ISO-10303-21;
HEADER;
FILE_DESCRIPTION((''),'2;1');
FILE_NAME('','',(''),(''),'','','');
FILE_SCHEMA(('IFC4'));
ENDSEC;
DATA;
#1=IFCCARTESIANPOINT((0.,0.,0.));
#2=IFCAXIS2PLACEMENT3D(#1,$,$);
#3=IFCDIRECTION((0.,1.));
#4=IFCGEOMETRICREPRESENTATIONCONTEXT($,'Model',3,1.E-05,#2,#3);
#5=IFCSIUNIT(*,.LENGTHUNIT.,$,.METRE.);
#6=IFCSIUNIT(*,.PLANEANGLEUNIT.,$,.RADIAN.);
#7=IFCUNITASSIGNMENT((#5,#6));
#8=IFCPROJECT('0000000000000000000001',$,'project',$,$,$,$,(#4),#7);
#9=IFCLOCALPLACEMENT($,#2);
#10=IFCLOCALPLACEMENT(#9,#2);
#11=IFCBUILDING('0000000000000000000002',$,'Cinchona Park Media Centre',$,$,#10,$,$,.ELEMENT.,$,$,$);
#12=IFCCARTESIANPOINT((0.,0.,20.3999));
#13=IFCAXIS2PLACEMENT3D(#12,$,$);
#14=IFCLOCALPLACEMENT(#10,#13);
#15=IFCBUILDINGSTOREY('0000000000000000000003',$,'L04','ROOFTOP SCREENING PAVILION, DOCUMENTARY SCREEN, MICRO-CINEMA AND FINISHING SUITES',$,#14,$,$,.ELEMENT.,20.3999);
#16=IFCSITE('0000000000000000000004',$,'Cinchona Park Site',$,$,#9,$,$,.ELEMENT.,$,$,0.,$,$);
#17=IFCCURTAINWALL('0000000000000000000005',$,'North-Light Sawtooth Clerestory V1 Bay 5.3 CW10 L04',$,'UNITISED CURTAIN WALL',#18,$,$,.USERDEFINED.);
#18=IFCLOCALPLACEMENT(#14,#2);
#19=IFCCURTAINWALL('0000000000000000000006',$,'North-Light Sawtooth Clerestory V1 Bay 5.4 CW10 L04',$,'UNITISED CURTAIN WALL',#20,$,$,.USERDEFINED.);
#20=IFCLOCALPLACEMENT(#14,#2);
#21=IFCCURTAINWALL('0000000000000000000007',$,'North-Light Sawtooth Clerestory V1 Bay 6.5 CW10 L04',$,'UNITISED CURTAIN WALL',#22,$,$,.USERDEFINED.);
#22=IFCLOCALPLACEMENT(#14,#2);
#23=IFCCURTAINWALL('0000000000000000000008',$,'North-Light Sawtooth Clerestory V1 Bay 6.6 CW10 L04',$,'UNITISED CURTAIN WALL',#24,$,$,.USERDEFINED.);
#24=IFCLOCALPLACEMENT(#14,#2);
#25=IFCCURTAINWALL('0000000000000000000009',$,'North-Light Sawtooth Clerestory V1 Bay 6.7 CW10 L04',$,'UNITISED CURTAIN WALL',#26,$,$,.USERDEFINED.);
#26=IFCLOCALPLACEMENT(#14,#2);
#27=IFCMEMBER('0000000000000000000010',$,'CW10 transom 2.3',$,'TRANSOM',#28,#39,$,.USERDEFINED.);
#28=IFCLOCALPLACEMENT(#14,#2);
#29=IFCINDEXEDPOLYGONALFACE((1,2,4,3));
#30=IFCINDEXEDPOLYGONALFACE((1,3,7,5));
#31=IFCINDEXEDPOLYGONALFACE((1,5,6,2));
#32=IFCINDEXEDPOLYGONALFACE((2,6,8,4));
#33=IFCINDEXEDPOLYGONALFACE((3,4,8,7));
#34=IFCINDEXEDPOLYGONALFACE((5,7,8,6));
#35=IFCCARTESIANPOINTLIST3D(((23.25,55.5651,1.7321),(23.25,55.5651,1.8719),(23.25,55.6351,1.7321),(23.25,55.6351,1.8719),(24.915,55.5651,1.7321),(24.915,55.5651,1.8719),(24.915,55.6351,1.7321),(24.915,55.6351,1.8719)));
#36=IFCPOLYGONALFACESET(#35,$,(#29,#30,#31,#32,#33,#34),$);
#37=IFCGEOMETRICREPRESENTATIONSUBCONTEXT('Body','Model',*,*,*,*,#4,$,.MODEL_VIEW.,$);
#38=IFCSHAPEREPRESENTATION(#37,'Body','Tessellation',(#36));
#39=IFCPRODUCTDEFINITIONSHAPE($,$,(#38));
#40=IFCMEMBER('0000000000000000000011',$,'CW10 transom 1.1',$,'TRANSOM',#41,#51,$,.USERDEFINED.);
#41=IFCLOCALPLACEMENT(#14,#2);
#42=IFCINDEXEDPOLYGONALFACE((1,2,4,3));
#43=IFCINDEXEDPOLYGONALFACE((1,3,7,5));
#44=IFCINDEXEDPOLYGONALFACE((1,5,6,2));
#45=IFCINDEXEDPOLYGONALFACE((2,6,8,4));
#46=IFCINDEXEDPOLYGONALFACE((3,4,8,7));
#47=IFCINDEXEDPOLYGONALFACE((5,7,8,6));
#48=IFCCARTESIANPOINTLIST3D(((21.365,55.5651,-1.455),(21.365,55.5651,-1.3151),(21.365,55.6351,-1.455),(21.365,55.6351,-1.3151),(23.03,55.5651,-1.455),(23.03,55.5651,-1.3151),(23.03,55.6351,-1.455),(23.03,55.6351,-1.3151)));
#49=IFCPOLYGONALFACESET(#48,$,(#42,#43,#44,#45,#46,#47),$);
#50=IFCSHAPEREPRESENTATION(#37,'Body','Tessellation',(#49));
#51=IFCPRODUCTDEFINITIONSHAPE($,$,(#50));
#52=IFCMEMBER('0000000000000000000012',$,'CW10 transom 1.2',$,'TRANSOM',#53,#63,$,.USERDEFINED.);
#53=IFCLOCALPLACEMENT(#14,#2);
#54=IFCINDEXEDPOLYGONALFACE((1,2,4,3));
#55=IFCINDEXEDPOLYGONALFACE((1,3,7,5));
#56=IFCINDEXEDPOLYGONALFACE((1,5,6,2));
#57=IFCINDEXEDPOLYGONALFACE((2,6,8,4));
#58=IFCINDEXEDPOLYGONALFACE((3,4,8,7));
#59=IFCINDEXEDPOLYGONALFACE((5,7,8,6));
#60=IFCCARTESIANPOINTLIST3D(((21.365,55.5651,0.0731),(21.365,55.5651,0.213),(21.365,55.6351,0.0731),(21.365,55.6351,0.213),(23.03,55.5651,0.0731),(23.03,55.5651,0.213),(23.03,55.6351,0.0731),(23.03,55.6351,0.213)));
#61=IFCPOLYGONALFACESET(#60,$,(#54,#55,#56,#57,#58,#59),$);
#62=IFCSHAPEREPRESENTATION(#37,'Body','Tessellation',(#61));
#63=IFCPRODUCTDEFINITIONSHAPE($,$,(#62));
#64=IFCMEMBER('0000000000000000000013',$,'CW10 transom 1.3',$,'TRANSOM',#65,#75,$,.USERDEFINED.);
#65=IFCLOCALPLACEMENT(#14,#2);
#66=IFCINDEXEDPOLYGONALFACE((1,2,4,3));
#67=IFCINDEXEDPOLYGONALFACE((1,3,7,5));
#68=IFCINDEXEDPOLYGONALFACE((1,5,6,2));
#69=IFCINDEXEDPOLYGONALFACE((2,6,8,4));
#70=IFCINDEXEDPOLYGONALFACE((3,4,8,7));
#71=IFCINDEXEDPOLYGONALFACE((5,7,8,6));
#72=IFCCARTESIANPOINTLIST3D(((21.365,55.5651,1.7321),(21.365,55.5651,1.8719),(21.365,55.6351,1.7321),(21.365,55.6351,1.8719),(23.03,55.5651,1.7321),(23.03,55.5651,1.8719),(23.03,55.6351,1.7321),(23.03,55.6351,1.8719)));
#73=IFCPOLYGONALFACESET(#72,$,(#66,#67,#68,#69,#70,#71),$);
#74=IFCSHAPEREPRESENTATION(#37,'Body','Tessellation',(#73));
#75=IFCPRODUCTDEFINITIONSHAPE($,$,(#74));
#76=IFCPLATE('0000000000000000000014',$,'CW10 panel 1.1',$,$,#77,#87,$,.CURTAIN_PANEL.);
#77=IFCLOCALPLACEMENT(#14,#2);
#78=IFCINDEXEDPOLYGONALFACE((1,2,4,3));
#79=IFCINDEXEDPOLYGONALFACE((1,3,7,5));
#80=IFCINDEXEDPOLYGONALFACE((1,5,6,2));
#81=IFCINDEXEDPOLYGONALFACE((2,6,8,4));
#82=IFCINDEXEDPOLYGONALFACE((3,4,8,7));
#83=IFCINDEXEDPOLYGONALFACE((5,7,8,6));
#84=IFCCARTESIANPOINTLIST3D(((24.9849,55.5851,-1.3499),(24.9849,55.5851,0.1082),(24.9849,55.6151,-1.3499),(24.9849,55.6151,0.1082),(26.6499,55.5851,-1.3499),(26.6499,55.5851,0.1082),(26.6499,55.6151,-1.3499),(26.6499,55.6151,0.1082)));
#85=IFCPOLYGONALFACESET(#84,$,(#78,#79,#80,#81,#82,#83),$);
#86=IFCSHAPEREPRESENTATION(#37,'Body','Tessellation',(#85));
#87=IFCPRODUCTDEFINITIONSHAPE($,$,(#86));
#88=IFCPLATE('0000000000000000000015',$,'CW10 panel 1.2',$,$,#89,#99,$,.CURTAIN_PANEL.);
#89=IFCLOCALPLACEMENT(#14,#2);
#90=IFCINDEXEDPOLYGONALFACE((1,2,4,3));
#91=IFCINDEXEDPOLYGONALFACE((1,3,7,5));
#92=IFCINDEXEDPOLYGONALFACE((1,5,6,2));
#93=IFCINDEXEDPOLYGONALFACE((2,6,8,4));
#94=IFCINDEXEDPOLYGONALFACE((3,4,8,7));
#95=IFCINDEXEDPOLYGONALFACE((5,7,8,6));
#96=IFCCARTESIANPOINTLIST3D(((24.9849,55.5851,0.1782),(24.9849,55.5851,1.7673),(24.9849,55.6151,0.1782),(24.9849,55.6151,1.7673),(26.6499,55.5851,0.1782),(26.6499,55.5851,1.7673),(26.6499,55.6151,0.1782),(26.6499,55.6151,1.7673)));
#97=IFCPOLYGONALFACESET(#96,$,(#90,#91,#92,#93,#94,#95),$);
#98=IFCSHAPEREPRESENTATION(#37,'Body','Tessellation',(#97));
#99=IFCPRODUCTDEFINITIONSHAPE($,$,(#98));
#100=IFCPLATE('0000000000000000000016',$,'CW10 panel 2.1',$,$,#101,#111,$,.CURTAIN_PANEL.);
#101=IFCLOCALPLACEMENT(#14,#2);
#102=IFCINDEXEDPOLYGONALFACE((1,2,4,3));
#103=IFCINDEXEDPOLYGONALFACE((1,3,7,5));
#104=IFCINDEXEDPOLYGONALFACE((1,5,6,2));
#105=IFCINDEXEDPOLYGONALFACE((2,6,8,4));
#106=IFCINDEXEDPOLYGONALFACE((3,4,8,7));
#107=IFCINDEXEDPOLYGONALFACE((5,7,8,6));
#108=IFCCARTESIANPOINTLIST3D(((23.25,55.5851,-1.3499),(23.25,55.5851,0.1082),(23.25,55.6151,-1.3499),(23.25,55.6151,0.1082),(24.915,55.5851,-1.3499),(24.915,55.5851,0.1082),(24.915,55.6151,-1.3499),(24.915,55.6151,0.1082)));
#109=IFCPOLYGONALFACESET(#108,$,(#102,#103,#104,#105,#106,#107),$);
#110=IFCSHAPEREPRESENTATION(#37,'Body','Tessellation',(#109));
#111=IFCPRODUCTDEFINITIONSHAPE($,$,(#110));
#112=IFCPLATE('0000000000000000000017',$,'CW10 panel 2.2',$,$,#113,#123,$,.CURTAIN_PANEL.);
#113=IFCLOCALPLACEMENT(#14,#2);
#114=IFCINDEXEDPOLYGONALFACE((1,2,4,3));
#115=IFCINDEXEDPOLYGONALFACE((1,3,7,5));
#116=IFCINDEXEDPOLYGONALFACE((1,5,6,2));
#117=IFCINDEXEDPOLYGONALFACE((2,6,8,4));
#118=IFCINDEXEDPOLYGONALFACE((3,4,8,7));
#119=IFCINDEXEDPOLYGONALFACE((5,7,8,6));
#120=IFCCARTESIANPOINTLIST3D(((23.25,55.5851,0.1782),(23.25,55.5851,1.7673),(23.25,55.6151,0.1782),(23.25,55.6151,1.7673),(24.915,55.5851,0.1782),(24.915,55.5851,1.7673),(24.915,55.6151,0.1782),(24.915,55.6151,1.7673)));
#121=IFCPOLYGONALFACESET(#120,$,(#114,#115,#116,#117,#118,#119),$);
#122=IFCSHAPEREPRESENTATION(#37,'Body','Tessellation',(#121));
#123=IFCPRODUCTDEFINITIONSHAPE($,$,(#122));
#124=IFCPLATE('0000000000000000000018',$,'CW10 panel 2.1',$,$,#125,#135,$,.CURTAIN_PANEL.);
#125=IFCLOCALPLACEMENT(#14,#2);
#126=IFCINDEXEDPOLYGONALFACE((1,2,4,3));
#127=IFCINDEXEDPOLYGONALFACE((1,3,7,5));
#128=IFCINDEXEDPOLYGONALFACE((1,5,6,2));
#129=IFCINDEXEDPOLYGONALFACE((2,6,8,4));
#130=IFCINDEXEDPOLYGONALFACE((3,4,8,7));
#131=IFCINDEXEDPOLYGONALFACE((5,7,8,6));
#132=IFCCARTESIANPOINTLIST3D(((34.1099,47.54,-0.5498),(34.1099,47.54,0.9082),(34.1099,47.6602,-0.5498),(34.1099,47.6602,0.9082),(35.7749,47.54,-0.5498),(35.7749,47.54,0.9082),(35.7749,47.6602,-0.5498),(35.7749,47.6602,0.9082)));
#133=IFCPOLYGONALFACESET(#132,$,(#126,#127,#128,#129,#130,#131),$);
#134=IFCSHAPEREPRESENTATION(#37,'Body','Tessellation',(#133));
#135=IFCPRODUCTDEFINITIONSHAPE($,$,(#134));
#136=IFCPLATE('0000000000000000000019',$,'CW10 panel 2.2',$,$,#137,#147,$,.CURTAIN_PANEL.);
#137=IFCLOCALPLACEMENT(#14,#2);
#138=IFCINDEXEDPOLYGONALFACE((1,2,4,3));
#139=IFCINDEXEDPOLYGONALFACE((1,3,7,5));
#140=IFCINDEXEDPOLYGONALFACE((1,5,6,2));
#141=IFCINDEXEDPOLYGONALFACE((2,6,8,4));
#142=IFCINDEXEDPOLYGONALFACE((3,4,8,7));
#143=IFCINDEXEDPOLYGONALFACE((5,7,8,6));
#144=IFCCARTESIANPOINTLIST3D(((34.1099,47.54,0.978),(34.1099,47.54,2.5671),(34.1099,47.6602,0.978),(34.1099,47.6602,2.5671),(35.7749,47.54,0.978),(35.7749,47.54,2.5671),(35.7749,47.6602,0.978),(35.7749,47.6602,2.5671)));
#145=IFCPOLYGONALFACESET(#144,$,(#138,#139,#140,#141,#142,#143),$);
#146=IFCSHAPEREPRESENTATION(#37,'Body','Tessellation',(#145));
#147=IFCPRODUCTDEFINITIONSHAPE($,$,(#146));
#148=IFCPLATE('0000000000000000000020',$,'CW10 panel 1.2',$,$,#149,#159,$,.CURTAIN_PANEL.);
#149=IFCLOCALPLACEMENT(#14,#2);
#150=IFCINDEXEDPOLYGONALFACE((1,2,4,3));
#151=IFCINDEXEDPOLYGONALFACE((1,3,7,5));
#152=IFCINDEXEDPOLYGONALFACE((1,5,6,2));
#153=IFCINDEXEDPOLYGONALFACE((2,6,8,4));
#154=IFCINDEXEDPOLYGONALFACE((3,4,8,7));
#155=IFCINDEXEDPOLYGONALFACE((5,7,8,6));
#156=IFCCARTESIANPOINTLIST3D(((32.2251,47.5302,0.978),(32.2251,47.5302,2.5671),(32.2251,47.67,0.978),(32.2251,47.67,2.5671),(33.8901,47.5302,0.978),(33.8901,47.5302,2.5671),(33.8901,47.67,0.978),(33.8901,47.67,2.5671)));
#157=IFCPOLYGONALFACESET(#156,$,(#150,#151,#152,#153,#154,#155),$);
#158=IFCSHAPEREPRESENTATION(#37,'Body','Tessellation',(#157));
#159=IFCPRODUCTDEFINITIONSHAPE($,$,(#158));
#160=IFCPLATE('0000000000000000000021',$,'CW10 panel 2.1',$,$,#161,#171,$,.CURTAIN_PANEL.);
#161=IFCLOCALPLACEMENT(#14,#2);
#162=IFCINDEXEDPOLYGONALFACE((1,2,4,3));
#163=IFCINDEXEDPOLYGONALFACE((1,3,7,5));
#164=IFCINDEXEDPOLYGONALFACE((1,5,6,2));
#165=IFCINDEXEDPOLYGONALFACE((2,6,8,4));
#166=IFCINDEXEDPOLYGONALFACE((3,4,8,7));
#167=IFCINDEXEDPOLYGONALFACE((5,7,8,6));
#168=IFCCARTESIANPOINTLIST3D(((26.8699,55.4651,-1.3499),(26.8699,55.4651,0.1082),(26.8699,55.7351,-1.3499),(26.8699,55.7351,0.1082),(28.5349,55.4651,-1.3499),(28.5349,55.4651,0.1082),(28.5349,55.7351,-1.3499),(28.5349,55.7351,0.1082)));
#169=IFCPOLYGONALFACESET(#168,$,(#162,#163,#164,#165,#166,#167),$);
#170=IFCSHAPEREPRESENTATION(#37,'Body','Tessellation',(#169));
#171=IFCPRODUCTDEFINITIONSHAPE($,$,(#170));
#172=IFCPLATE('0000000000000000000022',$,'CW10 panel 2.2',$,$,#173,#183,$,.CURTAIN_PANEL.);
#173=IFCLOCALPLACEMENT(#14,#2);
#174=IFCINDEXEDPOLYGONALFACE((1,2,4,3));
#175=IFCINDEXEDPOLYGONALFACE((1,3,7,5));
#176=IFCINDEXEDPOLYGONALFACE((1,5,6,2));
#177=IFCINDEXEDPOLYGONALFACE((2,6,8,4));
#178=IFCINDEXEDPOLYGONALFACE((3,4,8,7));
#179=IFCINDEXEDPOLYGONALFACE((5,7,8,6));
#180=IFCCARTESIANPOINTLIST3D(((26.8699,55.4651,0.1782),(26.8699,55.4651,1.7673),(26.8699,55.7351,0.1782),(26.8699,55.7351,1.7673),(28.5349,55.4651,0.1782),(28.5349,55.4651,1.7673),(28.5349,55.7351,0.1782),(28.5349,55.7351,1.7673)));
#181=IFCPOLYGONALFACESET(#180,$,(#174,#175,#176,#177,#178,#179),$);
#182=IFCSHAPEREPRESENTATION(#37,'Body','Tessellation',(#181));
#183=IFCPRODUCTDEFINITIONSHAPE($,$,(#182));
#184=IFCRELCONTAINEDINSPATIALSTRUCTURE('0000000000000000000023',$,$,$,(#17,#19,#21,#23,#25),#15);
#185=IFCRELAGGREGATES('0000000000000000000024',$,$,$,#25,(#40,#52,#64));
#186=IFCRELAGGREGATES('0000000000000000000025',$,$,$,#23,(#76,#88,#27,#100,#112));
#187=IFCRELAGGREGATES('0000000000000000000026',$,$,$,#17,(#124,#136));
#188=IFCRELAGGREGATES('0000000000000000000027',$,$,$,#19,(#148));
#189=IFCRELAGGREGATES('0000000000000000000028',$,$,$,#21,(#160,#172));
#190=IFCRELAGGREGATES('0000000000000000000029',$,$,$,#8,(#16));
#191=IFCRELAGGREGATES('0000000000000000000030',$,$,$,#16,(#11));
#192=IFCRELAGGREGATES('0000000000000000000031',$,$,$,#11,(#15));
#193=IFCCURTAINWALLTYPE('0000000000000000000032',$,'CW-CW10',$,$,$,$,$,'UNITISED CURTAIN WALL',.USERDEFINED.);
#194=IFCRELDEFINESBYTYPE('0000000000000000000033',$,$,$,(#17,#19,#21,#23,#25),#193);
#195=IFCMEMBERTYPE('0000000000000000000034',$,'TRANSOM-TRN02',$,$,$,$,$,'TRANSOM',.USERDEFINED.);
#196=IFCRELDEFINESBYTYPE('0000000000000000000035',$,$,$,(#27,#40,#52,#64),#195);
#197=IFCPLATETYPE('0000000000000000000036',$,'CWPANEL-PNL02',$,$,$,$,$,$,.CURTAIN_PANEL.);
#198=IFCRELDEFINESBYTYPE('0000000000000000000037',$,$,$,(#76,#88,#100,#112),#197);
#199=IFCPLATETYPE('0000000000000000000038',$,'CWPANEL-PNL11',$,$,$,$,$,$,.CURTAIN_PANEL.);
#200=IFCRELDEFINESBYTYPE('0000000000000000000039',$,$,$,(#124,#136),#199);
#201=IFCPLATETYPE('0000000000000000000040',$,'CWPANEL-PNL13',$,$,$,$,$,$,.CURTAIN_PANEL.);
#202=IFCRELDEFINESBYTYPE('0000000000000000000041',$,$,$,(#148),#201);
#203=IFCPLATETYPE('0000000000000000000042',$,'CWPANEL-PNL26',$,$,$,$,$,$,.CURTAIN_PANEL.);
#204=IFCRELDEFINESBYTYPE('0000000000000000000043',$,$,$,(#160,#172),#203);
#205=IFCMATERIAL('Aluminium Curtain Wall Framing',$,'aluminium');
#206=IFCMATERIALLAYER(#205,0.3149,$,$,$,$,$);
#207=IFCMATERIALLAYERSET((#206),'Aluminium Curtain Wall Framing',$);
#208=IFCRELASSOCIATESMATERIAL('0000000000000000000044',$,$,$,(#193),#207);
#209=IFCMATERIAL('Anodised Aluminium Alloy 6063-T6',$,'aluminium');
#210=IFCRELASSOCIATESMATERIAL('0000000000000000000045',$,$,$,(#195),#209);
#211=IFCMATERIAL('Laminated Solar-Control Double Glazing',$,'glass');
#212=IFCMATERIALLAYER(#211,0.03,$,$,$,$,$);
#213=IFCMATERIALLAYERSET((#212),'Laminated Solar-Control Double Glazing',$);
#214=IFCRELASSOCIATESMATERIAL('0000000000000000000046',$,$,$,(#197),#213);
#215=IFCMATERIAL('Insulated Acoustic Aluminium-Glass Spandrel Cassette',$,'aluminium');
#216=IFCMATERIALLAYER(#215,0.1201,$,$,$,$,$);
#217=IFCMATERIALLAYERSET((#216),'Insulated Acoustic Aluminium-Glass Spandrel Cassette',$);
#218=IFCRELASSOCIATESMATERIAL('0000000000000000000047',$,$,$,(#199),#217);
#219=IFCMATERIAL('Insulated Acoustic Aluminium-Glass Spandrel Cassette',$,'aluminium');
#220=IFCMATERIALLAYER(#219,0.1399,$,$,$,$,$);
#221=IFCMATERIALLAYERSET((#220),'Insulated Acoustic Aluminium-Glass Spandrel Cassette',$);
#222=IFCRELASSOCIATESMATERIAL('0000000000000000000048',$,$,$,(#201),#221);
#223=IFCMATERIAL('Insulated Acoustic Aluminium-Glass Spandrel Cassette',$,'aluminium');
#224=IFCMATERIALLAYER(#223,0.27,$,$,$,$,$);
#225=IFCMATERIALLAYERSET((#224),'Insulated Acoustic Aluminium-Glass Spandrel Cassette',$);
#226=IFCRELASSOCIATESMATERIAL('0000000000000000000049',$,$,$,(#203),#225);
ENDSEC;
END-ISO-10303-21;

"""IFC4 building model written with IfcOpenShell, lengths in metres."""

from ifc_helpers import new_model, si_unit, direction, frame, origin, origin_2d, place, context, subcontext, project, spatial, rectangle, extrude, material, layer, layer_set, material_profile, profile_set, type_object, element, aggregate, save


model = new_model("IFC4")

# Units and contexts
model_context = context("Model", 3, precision=1e-05, world=origin(), true_north=direction((0.0, 1.0)))
body_context = subcontext(model_context, "Body", "Model", "MODEL_VIEW")
ifc_project = project(units=[si_unit("LENGTHUNIT", "METRE"), si_unit("PLANEANGLEUNIT", "RADIAN")], contexts=[model_context])

# Site, building, storey
site_placement = place(None, origin())
site = spatial("IfcSite", under=ifc_project, at=site_placement, Name="Cinchona Park Site", CompositionType="ELEMENT", RefElevation=0.0)
building_placement = place(site_placement, origin())
building = spatial("IfcBuilding", under=site, at=building_placement, Name="Cinchona Park Media Centre", CompositionType="ELEMENT")
storey_placement = place(building_placement, frame((0.0, 0.0, 20.3999)))
storey = spatial("IfcBuildingStorey", under=building, at=storey_placement, Name="L04", Description="ROOFTOP SCREENING PAVILION, DOCUMENTARY SCREEN, MICRO-CINEMA AND FINISHING SUITES", CompositionType="ELEMENT", Elevation=20.3999)

# Curtain walls
ifc_material_1 = material(Name="Aluminium Curtain Wall Framing", Category="aluminium")
ifc_layer_1 = layer(ifc_material_1, 0.3149)
ifc_layer_set_1 = layer_set([ifc_layer_1], Name="Aluminium Curtain Wall Framing")
curtain_wall_type = type_object("IfcCurtainWallType", Name="CW-CW10", ElementType="UNITISED CURTAIN WALL", PredefinedType="USERDEFINED", material=ifc_layer_set_1)
curtain_wall_1_placement = place(storey_placement, origin())
curtain_wall_1 = element("IfcCurtainWall", 1, at=curtain_wall_1_placement, inside=storey, type_object=curtain_wall_type, Name="North-Light Sawtooth Clerestory V1 Bay 5.3 CW10 L04", ObjectType="UNITISED CURTAIN WALL", PredefinedType="USERDEFINED")
curtain_wall_2_placement = place(storey_placement, origin())
curtain_wall_2 = element("IfcCurtainWall", 2, at=curtain_wall_2_placement, inside=storey, type_object=curtain_wall_type, Name="North-Light Sawtooth Clerestory V1 Bay 5.4 CW10 L04", ObjectType="UNITISED CURTAIN WALL", PredefinedType="USERDEFINED")
curtain_wall_3_placement = place(storey_placement, origin())
curtain_wall_3 = element("IfcCurtainWall", 3, at=curtain_wall_3_placement, inside=storey, type_object=curtain_wall_type, Name="North-Light Sawtooth Clerestory V1 Bay 6.5 CW10 L04", ObjectType="UNITISED CURTAIN WALL", PredefinedType="USERDEFINED")

# Curtain wall
curtain_wall_4_placement = place(storey_placement, origin())
curtain_wall_4 = element("IfcCurtainWall", 4, at=curtain_wall_4_placement, inside=storey, type_object=curtain_wall_type, Name="North-Light Sawtooth Clerestory V1 Bay 6.6 CW10 L04", ObjectType="UNITISED CURTAIN WALL", PredefinedType="USERDEFINED")

# Curtain wall
curtain_wall_5_placement = place(storey_placement, origin())
curtain_wall_5 = element("IfcCurtainWall", 5, at=curtain_wall_5_placement, inside=storey, type_object=curtain_wall_type, Name="North-Light Sawtooth Clerestory V1 Bay 6.7 CW10 L04", ObjectType="UNITISED CURTAIN WALL", PredefinedType="USERDEFINED")

# Members
ifc_material_2 = material(Name="Anodised Aluminium Alloy 6063-T6", Category="aluminium")
ifc_material_profile_1 = material_profile(ifc_material_2, rectangle(XDim=0.0701, YDim=0.1399, at=origin_2d()), Name="TRN-70X140")
ifc_profile_set_1 = profile_set([ifc_material_profile_1], Name="Anodised Aluminium Alloy 6063-T6")
member_type_1 = type_object("IfcMemberType", Name="TRANSOM-TRN02", ElementType="TRANSOM", PredefinedType="USERDEFINED", material=ifc_profile_set_1)
member_1_placement = place(storey_placement, frame((24.915, 55.6001, 1.802), z_axis=(-1.0, 0.0, 0.0), x_axis=(0.0, -1.0, 0.0)))
member_1 = element("IfcMember", 6, at=member_1_placement, type_object=member_type_1, Name="CW10 transom 2.3", ObjectType="TRANSOM", PredefinedType="USERDEFINED", context=body_context, shape_type="SweptSolid", body=[
    extrude(rectangle(XDim=0.0701, YDim=0.1399, at=origin_2d()), origin(), (0.0, 0.0, 1.0), 1.665),
])
member_2_placement = place(storey_placement, frame((23.03, 55.6001, -1.385), z_axis=(-1.0, 0.0, 0.0), x_axis=(0.0, -1.0, 0.0)))
member_2 = element("IfcMember", 7, at=member_2_placement, type_object=member_type_1, Name="CW10 transom 1.1", ObjectType="TRANSOM", PredefinedType="USERDEFINED", context=body_context, shape_type="SweptSolid", body=[
    extrude(rectangle(XDim=0.0701, YDim=0.1399, at=origin_2d()), origin(), (0.0, 0.0, 1.0), 1.665),
])
member_3_placement = place(storey_placement, frame((23.03, 55.6001, 0.1431), z_axis=(-1.0, 0.0, 0.0), x_axis=(0.0, -1.0, 0.0)))
member_3 = element("IfcMember", 8, at=member_3_placement, type_object=member_type_1, Name="CW10 transom 1.2", ObjectType="TRANSOM", PredefinedType="USERDEFINED", context=body_context, shape_type="SweptSolid", body=[
    extrude(rectangle(XDim=0.0701, YDim=0.1399, at=origin_2d()), origin(), (0.0, 0.0, 1.0), 1.665),
])
member_4_placement = place(storey_placement, frame((23.03, 55.6001, 1.802), z_axis=(-1.0, 0.0, 0.0), x_axis=(0.0, -1.0, 0.0)))
member_4 = element("IfcMember", 9, at=member_4_placement, type_object=member_type_1, Name="CW10 transom 1.3", ObjectType="TRANSOM", PredefinedType="USERDEFINED", context=body_context, shape_type="SweptSolid", body=[
    extrude(rectangle(XDim=0.0701, YDim=0.1399, at=origin_2d()), origin(), (0.0, 0.0, 1.0), 1.665),
])
aggregate(curtain_wall_5, [member_2, member_3, member_4])

# Plates
ifc_material_3 = material(Name="Laminated Solar-Control Double Glazing", Category="glass")
ifc_layer_2 = layer(ifc_material_3, 0.03)
ifc_layer_set_2 = layer_set([ifc_layer_2], Name="Laminated Solar-Control Double Glazing")
plate_type_1 = type_object("IfcPlateType", Name="CWPANEL-PNL02", PredefinedType="CURTAIN_PANEL", material=ifc_layer_set_2)
plate_1_placement = place(storey_placement, frame((25.8174, 55.6001, -1.3499), z_axis=(0.0, 0.0, 1.0), x_axis=(-1.0, 0.0, 0.0)))
plate_1 = element("IfcPlate", 10, at=plate_1_placement, type_object=plate_type_1, Name="CW10 panel 1.1", PredefinedType="CURTAIN_PANEL", context=body_context, shape_type="SweptSolid", body=[
    extrude(rectangle(XDim=1.665, YDim=0.03, at=origin_2d()), origin(), (0.0, 0.0, 1.0), 1.458),
])
plate_2_placement = place(storey_placement, frame((25.8174, 55.6001, 0.1782), z_axis=(0.0, 0.0, 1.0), x_axis=(-1.0, 0.0, 0.0)))
plate_2 = element("IfcPlate", 11, at=plate_2_placement, type_object=plate_type_1, Name="CW10 panel 1.2", PredefinedType="CURTAIN_PANEL", context=body_context, shape_type="SweptSolid", body=[
    extrude(rectangle(XDim=1.665, YDim=0.03, at=origin_2d()), origin(), (0.0, 0.0, 1.0), 1.5891),
])
plate_3_placement = place(storey_placement, frame((24.0825, 55.6001, -1.3499), z_axis=(0.0, 0.0, 1.0), x_axis=(-1.0, 0.0, 0.0)))
plate_3 = element("IfcPlate", 12, at=plate_3_placement, type_object=plate_type_1, Name="CW10 panel 2.1", PredefinedType="CURTAIN_PANEL", context=body_context, shape_type="SweptSolid", body=[
    extrude(rectangle(XDim=1.665, YDim=0.03, at=origin_2d()), origin(), (0.0, 0.0, 1.0), 1.458),
])
plate_4_placement = place(storey_placement, frame((24.0825, 55.6001, 0.1782), z_axis=(0.0, 0.0, 1.0), x_axis=(-1.0, 0.0, 0.0)))
plate_4 = element("IfcPlate", 13, at=plate_4_placement, type_object=plate_type_1, Name="CW10 panel 2.2", PredefinedType="CURTAIN_PANEL", context=body_context, shape_type="SweptSolid", body=[
    extrude(rectangle(XDim=1.665, YDim=0.03, at=origin_2d()), origin(), (0.0, 0.0, 1.0), 1.5891),
])
aggregate(curtain_wall_4, [plate_1, plate_2, member_1, plate_3, plate_4])
ifc_material_4 = material(Name="Insulated Acoustic Aluminium-Glass Spandrel Cassette", Category="aluminium")
ifc_layer_3 = layer(ifc_material_4, 0.1201)
ifc_layer_set_3 = layer_set([ifc_layer_3], Name="Insulated Acoustic Aluminium-Glass Spandrel Cassette")
plate_type_2 = type_object("IfcPlateType", Name="CWPANEL-PNL11", PredefinedType="CURTAIN_PANEL", material=ifc_layer_set_3)
plate_5_placement = place(storey_placement, frame((34.9424, 47.6001, -0.5498), z_axis=(0.0, 0.0, 1.0), x_axis=(-1.0, 0.0, 0.0)))
plate_5 = element("IfcPlate", 14, at=plate_5_placement, type_object=plate_type_2, Name="CW10 panel 2.1", PredefinedType="CURTAIN_PANEL", context=body_context, shape_type="SweptSolid", body=[
    extrude(rectangle(XDim=1.665, YDim=0.1201, at=origin_2d()), origin(), (0.0, 0.0, 1.0), 1.458),
])
plate_6_placement = place(storey_placement, frame((34.9424, 47.6001, 0.978), z_axis=(0.0, 0.0, 1.0), x_axis=(-1.0, 0.0, 0.0)))
plate_6 = element("IfcPlate", 15, at=plate_6_placement, type_object=plate_type_2, Name="CW10 panel 2.2", PredefinedType="CURTAIN_PANEL", context=body_context, shape_type="SweptSolid", body=[
    extrude(rectangle(XDim=1.665, YDim=0.1201, at=origin_2d()), origin(), (0.0, 0.0, 1.0), 1.5891),
])
aggregate(curtain_wall_1, [plate_5, plate_6])
ifc_material_5 = material(Name="Insulated Acoustic Aluminium-Glass Spandrel Cassette", Category="aluminium")
ifc_layer_4 = layer(ifc_material_5, 0.1399)
ifc_layer_set_4 = layer_set([ifc_layer_4], Name="Insulated Acoustic Aluminium-Glass Spandrel Cassette")
plate_type_3 = type_object("IfcPlateType", Name="CWPANEL-PNL13", PredefinedType="CURTAIN_PANEL", material=ifc_layer_set_4)
plate_7_placement = place(storey_placement, frame((33.0576, 47.6001, 0.978), z_axis=(0.0, 0.0, 1.0), x_axis=(-1.0, 0.0, 0.0)))
plate_7 = element("IfcPlate", 16, at=plate_7_placement, type_object=plate_type_3, Name="CW10 panel 1.2", PredefinedType="CURTAIN_PANEL", context=body_context, shape_type="SweptSolid", body=[
    extrude(rectangle(XDim=1.665, YDim=0.1399, at=origin_2d()), origin(), (0.0, 0.0, 1.0), 1.5891),
])
aggregate(curtain_wall_2, [plate_7])
ifc_material_6 = material(Name="Insulated Acoustic Aluminium-Glass Spandrel Cassette", Category="aluminium")
ifc_layer_5 = layer(ifc_material_6, 0.27)
ifc_layer_set_5 = layer_set([ifc_layer_5], Name="Insulated Acoustic Aluminium-Glass Spandrel Cassette")
plate_type_4 = type_object("IfcPlateType", Name="CWPANEL-PNL26", PredefinedType="CURTAIN_PANEL", material=ifc_layer_set_5)
plate_8_placement = place(storey_placement, frame((27.7024, 55.6001, -1.3499), z_axis=(0.0, 0.0, 1.0), x_axis=(-1.0, 0.0, 0.0)))
plate_8 = element("IfcPlate", 17, at=plate_8_placement, type_object=plate_type_4, Name="CW10 panel 2.1", PredefinedType="CURTAIN_PANEL", context=body_context, shape_type="SweptSolid", body=[
    extrude(rectangle(XDim=1.665, YDim=0.27, at=origin_2d()), origin(), (0.0, 0.0, 1.0), 1.458),
])
plate_9_placement = place(storey_placement, frame((27.7024, 55.6001, 0.1782), z_axis=(0.0, 0.0, 1.0), x_axis=(-1.0, 0.0, 0.0)))
plate_9 = element("IfcPlate", 18, at=plate_9_placement, type_object=plate_type_4, Name="CW10 panel 2.2", PredefinedType="CURTAIN_PANEL", context=body_context, shape_type="SweptSolid", body=[
    extrude(rectangle(XDim=1.665, YDim=0.27, at=origin_2d()), origin(), (0.0, 0.0, 1.0), 1.5891),
])
aggregate(curtain_wall_3, [plate_8, plate_9])

save(model, "model.ifc")
